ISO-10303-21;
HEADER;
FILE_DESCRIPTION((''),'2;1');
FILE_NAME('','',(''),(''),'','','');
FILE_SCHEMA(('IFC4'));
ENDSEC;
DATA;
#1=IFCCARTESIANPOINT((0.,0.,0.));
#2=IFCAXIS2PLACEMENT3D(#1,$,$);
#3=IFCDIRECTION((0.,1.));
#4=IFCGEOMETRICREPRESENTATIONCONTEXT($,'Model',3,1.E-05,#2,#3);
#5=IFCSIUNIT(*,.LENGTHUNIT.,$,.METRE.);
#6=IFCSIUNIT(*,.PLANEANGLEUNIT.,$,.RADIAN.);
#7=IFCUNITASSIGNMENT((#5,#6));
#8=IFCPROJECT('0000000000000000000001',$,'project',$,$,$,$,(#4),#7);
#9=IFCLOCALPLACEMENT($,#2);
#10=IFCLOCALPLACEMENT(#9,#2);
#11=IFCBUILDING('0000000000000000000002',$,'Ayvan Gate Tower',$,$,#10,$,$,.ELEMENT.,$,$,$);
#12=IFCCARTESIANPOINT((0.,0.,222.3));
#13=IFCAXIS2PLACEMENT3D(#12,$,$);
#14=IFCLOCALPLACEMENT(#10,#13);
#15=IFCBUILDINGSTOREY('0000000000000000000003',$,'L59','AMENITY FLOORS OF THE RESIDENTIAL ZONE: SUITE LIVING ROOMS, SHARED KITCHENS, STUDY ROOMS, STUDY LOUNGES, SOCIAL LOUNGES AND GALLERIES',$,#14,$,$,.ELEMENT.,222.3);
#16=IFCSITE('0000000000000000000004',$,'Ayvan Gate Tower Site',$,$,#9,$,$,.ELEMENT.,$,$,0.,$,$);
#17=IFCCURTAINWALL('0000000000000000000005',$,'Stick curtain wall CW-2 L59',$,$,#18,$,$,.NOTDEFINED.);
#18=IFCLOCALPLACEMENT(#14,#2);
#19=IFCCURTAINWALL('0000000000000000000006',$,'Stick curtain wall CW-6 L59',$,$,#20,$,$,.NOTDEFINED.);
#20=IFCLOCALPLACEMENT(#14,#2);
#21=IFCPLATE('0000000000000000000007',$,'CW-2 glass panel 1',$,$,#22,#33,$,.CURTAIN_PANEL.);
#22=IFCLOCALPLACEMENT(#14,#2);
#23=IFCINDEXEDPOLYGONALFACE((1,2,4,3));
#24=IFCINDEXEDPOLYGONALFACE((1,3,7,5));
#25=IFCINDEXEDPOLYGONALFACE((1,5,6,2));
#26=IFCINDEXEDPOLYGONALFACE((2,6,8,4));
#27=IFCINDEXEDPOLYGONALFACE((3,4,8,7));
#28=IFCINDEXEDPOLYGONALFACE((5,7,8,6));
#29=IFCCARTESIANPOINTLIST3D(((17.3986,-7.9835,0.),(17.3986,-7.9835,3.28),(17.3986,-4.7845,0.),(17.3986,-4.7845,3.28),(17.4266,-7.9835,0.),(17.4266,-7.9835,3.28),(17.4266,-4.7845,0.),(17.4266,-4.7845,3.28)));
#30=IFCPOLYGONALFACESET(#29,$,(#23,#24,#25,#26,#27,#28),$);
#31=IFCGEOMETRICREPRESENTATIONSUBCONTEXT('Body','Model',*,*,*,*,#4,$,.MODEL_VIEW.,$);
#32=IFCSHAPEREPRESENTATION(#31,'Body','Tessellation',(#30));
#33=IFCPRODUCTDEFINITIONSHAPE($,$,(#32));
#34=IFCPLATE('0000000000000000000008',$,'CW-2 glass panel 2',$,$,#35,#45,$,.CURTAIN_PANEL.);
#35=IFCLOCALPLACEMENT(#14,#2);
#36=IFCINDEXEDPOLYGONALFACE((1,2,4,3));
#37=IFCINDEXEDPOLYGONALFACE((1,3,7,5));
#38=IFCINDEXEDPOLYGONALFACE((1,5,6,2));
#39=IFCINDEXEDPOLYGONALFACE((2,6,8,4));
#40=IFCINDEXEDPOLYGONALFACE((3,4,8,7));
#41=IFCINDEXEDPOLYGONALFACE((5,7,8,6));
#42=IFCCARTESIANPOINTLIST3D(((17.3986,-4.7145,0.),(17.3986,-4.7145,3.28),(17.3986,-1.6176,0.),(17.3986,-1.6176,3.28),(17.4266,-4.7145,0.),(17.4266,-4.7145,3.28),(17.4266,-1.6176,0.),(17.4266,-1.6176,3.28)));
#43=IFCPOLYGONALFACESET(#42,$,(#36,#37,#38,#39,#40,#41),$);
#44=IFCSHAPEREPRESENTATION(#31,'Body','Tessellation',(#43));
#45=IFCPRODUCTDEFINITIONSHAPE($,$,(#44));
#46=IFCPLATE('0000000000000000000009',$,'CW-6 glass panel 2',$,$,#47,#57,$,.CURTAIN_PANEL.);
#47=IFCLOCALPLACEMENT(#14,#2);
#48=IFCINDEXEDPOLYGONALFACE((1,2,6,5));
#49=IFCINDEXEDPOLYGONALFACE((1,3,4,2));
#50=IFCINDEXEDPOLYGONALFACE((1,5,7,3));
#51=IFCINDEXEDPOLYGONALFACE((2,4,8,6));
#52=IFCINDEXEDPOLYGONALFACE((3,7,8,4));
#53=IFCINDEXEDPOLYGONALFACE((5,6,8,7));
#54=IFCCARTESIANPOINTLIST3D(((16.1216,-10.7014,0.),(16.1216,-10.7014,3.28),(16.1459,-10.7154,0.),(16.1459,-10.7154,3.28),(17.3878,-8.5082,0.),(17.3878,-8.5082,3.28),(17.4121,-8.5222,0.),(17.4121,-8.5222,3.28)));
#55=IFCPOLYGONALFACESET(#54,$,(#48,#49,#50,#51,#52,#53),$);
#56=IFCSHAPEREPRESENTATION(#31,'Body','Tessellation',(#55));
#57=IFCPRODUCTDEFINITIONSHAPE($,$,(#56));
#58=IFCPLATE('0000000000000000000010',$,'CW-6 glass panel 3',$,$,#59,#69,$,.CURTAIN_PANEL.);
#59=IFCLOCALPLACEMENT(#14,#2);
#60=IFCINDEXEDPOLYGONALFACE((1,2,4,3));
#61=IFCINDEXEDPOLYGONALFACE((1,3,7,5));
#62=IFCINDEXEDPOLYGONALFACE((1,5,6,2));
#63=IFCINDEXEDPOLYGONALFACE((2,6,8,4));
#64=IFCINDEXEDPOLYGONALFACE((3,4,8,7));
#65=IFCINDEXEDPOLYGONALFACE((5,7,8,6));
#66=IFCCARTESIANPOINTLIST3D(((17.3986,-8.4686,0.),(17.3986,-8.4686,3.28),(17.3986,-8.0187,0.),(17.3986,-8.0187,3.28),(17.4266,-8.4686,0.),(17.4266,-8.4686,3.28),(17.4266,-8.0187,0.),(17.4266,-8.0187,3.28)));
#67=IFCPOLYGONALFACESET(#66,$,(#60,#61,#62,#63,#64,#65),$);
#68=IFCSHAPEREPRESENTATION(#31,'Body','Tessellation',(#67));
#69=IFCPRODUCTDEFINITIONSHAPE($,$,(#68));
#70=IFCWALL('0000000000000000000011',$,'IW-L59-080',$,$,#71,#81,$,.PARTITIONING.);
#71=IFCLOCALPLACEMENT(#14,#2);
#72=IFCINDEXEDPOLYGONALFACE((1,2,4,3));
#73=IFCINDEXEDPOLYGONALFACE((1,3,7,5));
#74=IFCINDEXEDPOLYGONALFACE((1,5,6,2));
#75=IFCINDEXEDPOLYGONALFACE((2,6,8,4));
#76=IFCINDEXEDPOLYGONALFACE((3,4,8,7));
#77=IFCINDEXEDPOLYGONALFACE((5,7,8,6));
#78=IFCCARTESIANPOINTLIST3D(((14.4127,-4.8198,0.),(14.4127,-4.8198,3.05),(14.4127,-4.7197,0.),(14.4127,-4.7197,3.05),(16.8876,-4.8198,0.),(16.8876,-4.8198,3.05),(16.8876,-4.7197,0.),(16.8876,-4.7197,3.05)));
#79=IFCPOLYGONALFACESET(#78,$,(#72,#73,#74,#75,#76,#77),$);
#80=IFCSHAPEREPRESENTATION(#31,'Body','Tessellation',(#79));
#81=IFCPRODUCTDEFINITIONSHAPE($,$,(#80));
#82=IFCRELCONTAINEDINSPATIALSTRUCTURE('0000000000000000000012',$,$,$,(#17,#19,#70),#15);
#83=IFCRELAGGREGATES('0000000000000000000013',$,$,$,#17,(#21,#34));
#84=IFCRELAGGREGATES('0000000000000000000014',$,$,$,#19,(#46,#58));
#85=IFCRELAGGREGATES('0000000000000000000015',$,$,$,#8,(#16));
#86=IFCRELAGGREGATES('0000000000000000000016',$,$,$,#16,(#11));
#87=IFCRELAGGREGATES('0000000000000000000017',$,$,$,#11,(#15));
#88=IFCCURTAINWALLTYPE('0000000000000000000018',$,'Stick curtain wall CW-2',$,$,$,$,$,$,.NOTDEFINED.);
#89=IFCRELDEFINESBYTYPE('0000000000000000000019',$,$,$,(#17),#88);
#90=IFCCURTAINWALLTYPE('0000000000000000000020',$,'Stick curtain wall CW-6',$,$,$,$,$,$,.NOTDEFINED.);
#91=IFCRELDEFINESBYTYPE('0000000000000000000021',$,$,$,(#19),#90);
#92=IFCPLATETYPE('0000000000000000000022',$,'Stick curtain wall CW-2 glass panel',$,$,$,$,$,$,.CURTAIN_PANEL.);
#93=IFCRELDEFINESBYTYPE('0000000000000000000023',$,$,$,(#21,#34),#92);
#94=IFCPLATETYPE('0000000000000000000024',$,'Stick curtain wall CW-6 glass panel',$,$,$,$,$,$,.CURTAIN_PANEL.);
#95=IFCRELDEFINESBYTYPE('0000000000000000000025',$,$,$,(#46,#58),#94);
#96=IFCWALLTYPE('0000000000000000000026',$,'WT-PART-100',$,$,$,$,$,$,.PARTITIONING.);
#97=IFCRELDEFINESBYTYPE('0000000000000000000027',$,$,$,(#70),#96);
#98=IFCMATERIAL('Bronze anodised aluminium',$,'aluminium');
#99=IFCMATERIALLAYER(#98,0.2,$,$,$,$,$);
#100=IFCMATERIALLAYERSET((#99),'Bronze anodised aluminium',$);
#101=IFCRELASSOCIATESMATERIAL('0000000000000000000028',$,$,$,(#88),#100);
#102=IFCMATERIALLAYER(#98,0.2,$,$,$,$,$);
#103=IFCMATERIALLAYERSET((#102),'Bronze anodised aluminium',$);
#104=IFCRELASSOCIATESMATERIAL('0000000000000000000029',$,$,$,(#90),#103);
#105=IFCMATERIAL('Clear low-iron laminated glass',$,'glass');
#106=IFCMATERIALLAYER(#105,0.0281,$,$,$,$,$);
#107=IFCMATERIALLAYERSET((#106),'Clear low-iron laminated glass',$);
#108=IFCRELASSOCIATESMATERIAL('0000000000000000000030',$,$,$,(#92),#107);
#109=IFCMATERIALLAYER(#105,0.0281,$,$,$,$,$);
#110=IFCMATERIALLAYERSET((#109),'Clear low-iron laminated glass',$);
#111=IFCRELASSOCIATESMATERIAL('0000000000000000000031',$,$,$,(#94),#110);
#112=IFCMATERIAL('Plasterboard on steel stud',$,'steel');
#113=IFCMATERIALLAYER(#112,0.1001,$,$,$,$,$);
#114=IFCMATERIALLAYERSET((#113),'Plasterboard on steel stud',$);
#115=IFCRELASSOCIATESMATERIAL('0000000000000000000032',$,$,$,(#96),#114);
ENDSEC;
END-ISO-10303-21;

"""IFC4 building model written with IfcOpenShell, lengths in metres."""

from ifc_helpers import new_model, si_unit, direction, frame, frame_2d, origin, origin_2d, place, context, subcontext, project, spatial, rectangle, extrude, material, layer, layer_set, type_object, element, aggregate, save


model = new_model("IFC4")

# Units and contexts
model_context = context("Model", 3, precision=1e-05, world=origin(), true_north=direction((0.0, 1.0)))
body_context = subcontext(model_context, "Body", "Model", "MODEL_VIEW")
ifc_project = project(units=[si_unit("LENGTHUNIT", "METRE"), si_unit("PLANEANGLEUNIT", "RADIAN")], contexts=[model_context])

# Site, building, storey
site_placement = place(None, origin())
site = spatial("IfcSite", under=ifc_project, at=site_placement, Name="Ayvan Gate Tower Site", CompositionType="ELEMENT", RefElevation=0.0)
building_placement = place(site_placement, origin())
building = spatial("IfcBuilding", under=site, at=building_placement, Name="Ayvan Gate Tower", CompositionType="ELEMENT")
storey_placement = place(building_placement, frame((0.0, 0.0, 222.3)))
storey = spatial("IfcBuildingStorey", under=building, at=storey_placement, Name="L59", Description="AMENITY FLOORS OF THE RESIDENTIAL ZONE: SUITE LIVING ROOMS, SHARED KITCHENS, STUDY ROOMS, STUDY LOUNGES, SOCIAL LOUNGES AND GALLERIES", CompositionType="ELEMENT", Elevation=222.3)

# Curtain walls
ifc_material_1 = material(Name="Bronze anodised aluminium", Category="aluminium")
ifc_layer_1 = layer(ifc_material_1, 0.2)
ifc_layer_set_1 = layer_set([ifc_layer_1], Name="Bronze anodised aluminium")
curtain_wall_type_1 = type_object("IfcCurtainWallType", Name="Stick curtain wall CW-2", PredefinedType="NOTDEFINED", material=ifc_layer_set_1)
curtain_wall_1_placement = place(storey_placement, origin())
curtain_wall_1 = element("IfcCurtainWall", 1, at=curtain_wall_1_placement, inside=storey, type_object=curtain_wall_type_1, Name="Stick curtain wall CW-2 L59", PredefinedType="NOTDEFINED")
ifc_layer_2 = layer(ifc_material_1, 0.2)
ifc_layer_set_2 = layer_set([ifc_layer_2], Name="Bronze anodised aluminium")
curtain_wall_type_2 = type_object("IfcCurtainWallType", Name="Stick curtain wall CW-6", PredefinedType="NOTDEFINED", material=ifc_layer_set_2)
curtain_wall_2_placement = place(storey_placement, origin())
curtain_wall_2 = element("IfcCurtainWall", 2, at=curtain_wall_2_placement, inside=storey, type_object=curtain_wall_type_2, Name="Stick curtain wall CW-6 L59", PredefinedType="NOTDEFINED")

# Plates
ifc_material_2 = material(Name="Clear low-iron laminated glass", Category="glass")
ifc_layer_3 = layer(ifc_material_2, 0.0281)
ifc_layer_set_3 = layer_set([ifc_layer_3], Name="Clear low-iron laminated glass")
plate_type_1 = type_object("IfcPlateType", Name="Stick curtain wall CW-2 glass panel", PredefinedType="CURTAIN_PANEL", material=ifc_layer_set_3)
plate_1_placement = place(storey_placement, frame((17.4126, -6.384, 0.0), z_axis=(0.0, 0.0, 1.0), x_axis=(0.0, 1.0, 0.0)))
plate_1 = element("IfcPlate", 3, at=plate_1_placement, type_object=plate_type_1, Name="CW-2 glass panel 1", PredefinedType="CURTAIN_PANEL", context=body_context, shape_type="SweptSolid", body=[
    extrude(rectangle(XDim=3.199, YDim=0.0281, at=origin_2d()), origin(), (0.0, 0.0, 1.0), 3.28),
])
plate_2_placement = place(storey_placement, frame((17.4126, -3.166, 0.0), z_axis=(0.0, 0.0, 1.0), x_axis=(0.0, 1.0, 0.0)))
plate_2 = element("IfcPlate", 4, at=plate_2_placement, type_object=plate_type_1, Name="CW-2 glass panel 2", PredefinedType="CURTAIN_PANEL", context=body_context, shape_type="SweptSolid", body=[
    extrude(rectangle(XDim=3.0969, YDim=0.0281, at=origin_2d()), origin(), (0.0, 0.0, 1.0), 3.28),
])
aggregate(curtain_wall_1, [plate_1, plate_2])
ifc_layer_4 = layer(ifc_material_2, 0.0281)
ifc_layer_set_4 = layer_set([ifc_layer_4], Name="Clear low-iron laminated glass")
plate_type_2 = type_object("IfcPlateType", Name="Stick curtain wall CW-6 glass panel", PredefinedType="CURTAIN_PANEL", material=ifc_layer_set_4)
plate_3_placement = place(storey_placement, frame((16.7668, -9.6118, 0.0), z_axis=(0.0, 0.0, 1.0), x_axis=(0.5, 0.866025, 0.0)))
plate_3 = element("IfcPlate", 5, at=plate_3_placement, type_object=plate_type_2, Name="CW-6 glass panel 2", PredefinedType="CURTAIN_PANEL", context=body_context, shape_type="SweptSolid", body=[
    extrude(rectangle(XDim=2.5325, YDim=0.0281, at=origin_2d()), origin(), (0.0, 0.0, 1.0), 3.28),
])
plate_4_placement = place(storey_placement, frame((17.4126, -8.2437, 0.0), z_axis=(0.0, 0.0, 1.0), x_axis=(0.0, 1.0, 0.0)))
plate_4 = element("IfcPlate", 6, at=plate_4_placement, type_object=plate_type_2, Name="CW-6 glass panel 3", PredefinedType="CURTAIN_PANEL", context=body_context, shape_type="SweptSolid", body=[
    extrude(rectangle(XDim=0.45, YDim=0.0281, at=origin_2d()), origin(), (0.0, 0.0, 1.0), 3.28),
])
aggregate(curtain_wall_2, [plate_3, plate_4])

# Wall
ifc_material_3 = material(Name="Plasterboard on steel stud", Category="steel")
ifc_layer_5 = layer(ifc_material_3, 0.1001)
ifc_layer_set_5 = layer_set([ifc_layer_5], Name="Plasterboard on steel stud")
wall_type_1 = type_object("IfcWallType", Name="WT-PART-100", PredefinedType="PARTITIONING", material=ifc_layer_set_5)
wall_1_placement = place(storey_placement, frame((16.8875, -4.7698, 0.0), z_axis=(0.0, 0.0, 1.0), x_axis=(-1.0, 0.0, 0.0)))
element("IfcWall", 7, at=wall_1_placement, inside=storey, type_object=wall_type_1, Name="IW-L59-080", PredefinedType="PARTITIONING", context=body_context, shape_type="SweptSolid", body=[
    extrude(rectangle(XDim=2.4749, YDim=0.1001, at=frame_2d((1.2373, 0.0))), origin(), (0.0, 0.0, 1.0), 3.05),
])

save(model, "model.ifc")
